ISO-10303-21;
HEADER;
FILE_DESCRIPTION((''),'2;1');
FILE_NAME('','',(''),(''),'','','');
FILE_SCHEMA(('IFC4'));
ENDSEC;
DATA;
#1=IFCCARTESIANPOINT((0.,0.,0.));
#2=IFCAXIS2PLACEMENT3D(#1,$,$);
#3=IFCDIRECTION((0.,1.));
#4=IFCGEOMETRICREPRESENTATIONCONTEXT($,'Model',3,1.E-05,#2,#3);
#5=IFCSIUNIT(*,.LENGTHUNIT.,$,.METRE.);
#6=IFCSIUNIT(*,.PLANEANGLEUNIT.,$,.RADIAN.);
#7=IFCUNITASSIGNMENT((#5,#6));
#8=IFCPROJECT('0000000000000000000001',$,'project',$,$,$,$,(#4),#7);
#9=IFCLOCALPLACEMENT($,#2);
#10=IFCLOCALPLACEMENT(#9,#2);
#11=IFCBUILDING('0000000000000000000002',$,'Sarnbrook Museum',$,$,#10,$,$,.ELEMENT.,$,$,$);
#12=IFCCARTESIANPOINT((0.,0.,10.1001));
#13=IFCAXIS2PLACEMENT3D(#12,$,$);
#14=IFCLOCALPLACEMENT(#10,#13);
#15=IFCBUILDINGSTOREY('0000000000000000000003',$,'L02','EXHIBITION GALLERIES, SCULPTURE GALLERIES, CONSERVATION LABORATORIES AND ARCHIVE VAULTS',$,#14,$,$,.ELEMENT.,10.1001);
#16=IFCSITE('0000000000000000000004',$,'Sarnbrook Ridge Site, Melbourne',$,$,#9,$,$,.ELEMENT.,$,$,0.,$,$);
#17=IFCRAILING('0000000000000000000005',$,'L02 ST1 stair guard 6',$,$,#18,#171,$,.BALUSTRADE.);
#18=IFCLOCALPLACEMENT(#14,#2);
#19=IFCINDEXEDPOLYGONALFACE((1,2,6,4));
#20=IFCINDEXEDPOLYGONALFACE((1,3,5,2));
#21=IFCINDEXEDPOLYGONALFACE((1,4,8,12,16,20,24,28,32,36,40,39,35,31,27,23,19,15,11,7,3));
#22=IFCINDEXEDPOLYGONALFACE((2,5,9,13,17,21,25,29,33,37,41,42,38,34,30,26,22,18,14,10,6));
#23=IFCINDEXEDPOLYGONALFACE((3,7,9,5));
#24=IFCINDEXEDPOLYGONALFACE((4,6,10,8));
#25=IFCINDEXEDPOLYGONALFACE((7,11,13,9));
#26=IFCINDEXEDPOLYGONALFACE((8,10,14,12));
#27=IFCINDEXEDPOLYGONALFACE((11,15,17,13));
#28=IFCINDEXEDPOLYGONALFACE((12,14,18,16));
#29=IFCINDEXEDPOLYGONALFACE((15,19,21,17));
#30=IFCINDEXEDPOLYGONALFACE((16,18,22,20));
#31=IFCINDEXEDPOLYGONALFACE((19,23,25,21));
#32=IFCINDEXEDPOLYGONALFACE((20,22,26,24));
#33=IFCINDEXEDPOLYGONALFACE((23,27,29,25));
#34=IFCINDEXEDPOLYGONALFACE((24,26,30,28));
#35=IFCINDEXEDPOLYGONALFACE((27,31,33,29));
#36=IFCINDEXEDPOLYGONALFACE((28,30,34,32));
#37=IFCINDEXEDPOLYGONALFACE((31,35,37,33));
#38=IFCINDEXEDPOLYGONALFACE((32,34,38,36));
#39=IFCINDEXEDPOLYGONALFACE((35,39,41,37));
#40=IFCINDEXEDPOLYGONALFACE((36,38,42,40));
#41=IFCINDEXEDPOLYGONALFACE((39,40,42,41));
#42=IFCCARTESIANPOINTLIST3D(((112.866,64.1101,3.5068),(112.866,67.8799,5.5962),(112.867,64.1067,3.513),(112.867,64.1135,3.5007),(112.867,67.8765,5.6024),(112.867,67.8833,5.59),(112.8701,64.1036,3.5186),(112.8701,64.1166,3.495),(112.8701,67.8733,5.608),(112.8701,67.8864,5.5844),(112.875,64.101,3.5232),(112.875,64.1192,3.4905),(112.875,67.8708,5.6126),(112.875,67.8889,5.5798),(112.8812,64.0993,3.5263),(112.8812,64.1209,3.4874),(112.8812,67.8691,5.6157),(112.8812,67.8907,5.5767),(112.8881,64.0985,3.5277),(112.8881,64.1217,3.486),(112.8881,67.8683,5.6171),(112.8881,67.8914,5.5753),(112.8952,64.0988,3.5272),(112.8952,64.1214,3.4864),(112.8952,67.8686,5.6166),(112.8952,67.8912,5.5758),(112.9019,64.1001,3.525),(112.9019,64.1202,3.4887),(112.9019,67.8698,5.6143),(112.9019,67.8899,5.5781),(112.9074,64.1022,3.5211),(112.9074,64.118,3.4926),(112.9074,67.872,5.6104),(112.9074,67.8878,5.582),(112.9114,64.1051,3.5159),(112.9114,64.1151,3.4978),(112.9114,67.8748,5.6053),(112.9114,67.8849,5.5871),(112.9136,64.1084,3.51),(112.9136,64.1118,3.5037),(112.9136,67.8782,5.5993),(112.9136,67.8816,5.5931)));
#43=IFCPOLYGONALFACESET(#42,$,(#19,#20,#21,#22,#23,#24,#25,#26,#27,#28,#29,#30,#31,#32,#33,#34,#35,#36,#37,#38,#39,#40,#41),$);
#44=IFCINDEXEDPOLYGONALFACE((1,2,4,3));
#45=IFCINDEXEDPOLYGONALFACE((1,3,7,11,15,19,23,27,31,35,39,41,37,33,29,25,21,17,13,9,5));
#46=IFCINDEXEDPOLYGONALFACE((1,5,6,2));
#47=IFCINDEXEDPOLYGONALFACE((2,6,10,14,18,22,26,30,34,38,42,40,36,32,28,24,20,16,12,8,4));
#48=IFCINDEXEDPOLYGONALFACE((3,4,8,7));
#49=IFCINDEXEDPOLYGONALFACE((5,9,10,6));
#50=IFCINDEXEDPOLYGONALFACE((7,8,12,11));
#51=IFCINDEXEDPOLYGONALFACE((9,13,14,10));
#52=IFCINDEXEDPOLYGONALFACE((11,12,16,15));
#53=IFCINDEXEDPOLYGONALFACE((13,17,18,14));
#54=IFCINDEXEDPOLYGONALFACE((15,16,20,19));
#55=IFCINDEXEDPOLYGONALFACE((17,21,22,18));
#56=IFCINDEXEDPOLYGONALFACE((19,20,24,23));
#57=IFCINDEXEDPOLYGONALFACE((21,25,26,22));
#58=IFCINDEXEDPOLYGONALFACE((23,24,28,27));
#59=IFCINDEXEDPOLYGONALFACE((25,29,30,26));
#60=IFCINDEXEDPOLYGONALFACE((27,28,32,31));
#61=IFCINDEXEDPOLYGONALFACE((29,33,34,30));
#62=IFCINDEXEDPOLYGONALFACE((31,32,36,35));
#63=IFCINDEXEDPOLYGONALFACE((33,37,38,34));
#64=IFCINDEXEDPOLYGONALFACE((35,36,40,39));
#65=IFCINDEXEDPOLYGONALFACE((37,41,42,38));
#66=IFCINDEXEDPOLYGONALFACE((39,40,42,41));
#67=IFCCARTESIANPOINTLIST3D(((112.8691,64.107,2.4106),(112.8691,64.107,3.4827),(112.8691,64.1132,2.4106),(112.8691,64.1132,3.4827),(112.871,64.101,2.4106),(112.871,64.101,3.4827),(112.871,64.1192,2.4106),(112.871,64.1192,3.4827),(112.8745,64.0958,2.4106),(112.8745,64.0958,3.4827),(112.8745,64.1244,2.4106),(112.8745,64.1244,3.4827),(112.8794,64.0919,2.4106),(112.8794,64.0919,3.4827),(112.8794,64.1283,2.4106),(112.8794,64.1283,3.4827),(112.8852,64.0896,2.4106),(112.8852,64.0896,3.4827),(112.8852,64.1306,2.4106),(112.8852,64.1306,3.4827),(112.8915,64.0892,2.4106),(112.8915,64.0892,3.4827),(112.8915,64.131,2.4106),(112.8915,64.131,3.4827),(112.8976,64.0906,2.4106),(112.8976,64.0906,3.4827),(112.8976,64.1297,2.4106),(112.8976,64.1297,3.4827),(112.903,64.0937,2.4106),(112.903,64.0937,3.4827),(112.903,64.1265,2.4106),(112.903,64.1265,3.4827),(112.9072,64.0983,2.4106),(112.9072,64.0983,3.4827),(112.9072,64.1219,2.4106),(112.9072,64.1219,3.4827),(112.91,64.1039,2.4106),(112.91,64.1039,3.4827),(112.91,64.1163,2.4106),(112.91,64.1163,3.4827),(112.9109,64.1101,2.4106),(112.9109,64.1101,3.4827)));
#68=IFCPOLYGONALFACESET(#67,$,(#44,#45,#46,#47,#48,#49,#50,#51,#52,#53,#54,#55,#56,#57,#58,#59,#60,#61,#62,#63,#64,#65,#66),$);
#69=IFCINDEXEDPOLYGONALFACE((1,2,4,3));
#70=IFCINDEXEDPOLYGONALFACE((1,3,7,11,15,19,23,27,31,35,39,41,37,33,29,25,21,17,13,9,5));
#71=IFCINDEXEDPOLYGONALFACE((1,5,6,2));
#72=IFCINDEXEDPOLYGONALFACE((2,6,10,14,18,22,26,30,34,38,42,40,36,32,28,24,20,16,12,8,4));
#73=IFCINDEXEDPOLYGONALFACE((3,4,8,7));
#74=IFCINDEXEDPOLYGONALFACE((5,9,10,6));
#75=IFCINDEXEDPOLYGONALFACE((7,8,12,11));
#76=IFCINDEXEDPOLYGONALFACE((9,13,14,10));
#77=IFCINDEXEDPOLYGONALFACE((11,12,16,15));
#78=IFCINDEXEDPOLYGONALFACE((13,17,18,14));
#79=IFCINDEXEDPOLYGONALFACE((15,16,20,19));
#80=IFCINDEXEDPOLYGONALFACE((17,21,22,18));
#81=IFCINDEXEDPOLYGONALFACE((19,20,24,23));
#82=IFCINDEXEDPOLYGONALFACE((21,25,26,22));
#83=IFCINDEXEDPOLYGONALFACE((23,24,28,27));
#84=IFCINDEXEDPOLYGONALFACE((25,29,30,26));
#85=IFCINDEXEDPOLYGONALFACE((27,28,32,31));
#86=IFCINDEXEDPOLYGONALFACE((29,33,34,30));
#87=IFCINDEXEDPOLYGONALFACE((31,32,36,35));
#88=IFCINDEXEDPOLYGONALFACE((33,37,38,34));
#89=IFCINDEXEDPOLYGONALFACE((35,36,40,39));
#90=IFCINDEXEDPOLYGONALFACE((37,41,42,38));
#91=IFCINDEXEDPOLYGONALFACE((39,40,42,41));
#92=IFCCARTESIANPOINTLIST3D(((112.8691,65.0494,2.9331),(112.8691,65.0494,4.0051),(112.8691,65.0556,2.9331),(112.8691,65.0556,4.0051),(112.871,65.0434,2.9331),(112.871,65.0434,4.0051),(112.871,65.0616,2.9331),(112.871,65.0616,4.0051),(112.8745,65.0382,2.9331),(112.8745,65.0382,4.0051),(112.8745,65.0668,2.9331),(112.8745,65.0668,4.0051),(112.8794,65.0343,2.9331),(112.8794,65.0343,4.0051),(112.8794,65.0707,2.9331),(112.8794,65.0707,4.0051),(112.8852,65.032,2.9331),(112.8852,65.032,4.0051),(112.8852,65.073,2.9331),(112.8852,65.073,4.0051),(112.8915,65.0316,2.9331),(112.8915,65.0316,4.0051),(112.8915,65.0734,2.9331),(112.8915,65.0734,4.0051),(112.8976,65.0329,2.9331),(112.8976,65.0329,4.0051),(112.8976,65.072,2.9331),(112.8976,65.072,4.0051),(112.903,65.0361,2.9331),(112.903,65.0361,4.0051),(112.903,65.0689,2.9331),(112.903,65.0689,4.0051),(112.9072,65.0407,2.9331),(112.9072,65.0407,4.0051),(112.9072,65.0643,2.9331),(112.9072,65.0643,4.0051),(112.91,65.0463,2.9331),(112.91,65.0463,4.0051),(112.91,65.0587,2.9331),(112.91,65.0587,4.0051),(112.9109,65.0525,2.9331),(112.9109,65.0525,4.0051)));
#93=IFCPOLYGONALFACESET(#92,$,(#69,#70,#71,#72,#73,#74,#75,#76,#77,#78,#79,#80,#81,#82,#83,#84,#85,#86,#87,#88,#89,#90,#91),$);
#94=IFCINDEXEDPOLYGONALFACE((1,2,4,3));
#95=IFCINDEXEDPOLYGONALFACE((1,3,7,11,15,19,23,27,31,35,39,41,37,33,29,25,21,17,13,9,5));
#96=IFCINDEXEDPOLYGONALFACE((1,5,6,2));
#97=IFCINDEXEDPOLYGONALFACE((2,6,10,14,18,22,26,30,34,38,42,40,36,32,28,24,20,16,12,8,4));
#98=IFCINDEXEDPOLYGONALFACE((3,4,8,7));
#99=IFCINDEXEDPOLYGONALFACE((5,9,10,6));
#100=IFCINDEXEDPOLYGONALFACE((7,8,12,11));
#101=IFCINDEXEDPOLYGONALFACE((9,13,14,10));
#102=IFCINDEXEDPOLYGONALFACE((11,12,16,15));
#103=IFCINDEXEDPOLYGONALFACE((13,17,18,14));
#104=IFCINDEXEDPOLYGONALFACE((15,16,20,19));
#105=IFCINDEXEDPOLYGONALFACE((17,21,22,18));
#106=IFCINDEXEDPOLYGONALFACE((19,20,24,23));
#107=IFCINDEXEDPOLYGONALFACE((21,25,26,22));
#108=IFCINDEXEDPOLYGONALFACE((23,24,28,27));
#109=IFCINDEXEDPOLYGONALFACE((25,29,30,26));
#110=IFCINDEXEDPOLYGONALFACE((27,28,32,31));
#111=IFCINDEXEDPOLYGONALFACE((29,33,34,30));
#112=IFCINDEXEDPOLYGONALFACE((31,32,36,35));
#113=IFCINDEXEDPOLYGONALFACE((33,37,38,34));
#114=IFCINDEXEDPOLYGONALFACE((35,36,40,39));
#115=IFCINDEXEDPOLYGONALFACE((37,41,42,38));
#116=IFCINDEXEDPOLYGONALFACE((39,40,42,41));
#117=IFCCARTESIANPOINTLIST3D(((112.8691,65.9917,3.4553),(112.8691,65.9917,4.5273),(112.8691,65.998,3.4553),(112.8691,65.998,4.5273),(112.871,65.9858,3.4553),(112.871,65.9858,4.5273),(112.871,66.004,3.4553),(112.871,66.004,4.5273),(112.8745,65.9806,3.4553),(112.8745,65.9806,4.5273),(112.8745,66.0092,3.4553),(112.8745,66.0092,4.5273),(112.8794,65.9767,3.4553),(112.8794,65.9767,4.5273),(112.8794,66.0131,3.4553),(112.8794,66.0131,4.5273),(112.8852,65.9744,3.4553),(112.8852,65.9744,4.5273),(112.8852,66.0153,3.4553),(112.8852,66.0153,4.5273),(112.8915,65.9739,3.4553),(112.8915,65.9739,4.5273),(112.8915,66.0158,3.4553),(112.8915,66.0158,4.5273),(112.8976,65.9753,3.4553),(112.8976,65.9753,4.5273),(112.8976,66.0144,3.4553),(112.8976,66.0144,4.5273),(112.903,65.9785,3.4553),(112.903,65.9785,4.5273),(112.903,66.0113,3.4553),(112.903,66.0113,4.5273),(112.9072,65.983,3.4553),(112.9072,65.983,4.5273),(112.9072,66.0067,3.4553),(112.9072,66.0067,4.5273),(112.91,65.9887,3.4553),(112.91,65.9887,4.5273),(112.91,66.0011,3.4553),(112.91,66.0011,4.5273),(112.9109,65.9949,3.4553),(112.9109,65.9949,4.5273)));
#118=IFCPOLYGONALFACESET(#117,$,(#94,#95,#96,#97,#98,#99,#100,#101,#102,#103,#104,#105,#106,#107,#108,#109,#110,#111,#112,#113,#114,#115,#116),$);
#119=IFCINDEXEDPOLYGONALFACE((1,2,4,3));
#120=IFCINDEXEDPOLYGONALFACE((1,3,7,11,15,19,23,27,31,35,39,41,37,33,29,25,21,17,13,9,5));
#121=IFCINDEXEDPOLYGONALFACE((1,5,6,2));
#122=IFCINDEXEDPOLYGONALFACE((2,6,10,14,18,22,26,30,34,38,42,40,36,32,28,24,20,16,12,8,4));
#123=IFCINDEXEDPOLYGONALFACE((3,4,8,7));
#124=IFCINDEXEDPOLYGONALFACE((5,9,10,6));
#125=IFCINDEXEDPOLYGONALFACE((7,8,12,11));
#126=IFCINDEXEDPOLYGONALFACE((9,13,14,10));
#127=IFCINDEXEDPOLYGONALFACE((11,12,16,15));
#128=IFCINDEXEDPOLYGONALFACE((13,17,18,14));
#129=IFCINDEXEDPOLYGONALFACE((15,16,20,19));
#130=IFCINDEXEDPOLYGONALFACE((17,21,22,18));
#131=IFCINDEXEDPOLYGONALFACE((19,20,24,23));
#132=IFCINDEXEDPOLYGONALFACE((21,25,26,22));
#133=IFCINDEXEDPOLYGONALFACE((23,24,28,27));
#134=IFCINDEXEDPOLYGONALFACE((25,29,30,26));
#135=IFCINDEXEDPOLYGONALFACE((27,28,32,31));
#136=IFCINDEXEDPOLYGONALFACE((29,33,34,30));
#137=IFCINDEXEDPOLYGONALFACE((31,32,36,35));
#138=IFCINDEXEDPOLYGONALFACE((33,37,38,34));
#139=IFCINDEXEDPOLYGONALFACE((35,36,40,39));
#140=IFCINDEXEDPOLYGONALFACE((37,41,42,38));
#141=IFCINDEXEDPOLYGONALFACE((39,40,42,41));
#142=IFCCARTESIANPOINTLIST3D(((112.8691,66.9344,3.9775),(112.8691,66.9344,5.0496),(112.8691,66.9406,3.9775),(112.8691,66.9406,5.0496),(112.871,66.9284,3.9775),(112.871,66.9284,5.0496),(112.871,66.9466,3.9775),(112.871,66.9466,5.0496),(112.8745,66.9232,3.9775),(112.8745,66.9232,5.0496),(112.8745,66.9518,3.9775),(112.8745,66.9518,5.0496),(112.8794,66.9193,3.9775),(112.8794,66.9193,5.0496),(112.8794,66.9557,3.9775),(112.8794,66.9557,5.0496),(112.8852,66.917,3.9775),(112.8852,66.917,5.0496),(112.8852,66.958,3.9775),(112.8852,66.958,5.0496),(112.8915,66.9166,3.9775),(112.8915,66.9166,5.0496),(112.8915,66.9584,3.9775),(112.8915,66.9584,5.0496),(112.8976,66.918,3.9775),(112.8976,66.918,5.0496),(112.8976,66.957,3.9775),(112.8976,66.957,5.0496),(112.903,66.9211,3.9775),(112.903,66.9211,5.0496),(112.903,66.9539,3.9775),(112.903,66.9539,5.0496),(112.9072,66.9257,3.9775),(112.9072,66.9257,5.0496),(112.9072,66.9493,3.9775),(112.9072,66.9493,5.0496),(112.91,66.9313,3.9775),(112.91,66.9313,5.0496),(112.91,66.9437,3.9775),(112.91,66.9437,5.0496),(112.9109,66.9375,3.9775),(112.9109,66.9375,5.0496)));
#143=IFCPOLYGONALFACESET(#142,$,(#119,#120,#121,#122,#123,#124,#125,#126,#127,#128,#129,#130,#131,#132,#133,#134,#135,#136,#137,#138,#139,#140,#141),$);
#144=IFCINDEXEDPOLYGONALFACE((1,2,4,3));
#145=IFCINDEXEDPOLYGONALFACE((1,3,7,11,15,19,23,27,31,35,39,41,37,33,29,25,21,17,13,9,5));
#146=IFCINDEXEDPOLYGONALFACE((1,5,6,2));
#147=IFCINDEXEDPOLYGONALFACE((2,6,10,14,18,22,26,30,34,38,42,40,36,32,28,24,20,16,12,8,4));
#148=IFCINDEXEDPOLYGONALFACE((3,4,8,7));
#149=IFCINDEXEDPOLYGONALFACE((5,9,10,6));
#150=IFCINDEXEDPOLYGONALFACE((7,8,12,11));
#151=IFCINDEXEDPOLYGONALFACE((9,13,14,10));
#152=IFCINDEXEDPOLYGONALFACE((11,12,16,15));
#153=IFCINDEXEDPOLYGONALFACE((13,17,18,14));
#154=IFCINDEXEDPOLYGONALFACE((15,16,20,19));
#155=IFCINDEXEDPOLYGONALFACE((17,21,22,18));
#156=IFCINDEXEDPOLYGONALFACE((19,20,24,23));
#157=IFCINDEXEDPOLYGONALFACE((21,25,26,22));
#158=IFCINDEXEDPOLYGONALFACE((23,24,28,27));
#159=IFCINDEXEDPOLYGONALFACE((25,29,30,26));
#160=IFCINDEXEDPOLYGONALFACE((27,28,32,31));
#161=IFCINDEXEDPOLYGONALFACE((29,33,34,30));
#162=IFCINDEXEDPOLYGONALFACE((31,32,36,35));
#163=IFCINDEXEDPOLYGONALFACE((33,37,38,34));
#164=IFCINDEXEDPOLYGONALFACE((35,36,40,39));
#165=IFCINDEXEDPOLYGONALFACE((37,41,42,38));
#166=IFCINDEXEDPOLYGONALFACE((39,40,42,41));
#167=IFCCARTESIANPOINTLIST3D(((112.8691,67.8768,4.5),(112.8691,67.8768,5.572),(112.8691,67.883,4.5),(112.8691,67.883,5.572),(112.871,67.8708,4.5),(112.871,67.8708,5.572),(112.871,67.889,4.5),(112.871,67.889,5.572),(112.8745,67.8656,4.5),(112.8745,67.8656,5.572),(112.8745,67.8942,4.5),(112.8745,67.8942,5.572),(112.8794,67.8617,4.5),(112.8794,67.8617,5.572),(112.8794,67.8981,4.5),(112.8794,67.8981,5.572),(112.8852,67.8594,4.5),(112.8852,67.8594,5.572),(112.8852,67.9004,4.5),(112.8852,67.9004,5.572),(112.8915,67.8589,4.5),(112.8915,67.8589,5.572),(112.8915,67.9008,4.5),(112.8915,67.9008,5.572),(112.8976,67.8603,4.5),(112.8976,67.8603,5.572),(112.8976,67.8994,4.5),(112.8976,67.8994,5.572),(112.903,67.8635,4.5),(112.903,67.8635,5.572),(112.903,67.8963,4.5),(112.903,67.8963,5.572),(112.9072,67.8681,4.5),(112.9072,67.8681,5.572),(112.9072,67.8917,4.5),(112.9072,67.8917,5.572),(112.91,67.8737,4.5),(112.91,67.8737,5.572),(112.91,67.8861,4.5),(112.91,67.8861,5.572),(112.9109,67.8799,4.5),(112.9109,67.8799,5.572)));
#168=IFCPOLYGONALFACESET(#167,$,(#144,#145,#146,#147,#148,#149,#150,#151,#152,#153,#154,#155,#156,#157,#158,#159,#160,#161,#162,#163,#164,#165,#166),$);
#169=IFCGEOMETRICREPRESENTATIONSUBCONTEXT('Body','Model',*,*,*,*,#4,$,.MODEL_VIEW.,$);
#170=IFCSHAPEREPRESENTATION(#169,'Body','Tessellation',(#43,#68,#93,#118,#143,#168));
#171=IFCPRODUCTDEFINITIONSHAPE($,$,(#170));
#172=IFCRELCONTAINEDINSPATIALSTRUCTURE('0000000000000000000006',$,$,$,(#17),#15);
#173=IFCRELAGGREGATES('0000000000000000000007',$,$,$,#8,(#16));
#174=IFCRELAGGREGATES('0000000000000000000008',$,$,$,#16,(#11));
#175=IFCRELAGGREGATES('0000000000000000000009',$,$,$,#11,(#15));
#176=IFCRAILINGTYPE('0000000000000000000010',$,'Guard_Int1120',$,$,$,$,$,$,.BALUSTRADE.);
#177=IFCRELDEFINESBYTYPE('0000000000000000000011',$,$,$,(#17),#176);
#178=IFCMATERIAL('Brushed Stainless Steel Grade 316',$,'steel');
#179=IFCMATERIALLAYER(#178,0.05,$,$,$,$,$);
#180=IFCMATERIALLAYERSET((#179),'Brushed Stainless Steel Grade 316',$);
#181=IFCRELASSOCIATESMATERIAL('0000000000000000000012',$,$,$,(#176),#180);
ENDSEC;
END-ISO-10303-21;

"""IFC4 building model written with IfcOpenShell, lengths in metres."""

from ifc_helpers import new_model, si_unit, direction, frame, origin, origin_2d, place, context, subcontext, project, spatial, circle, extrude, material, layer, layer_set, type_object, element, save


model = new_model("IFC4")

# Units and contexts
model_context = context("Model", 3, precision=1e-05, world=origin(), true_north=direction((0.0, 1.0)))
body_context = subcontext(model_context, "Body", "Model", "MODEL_VIEW")
ifc_project = project(units=[si_unit("LENGTHUNIT", "METRE"), si_unit("PLANEANGLEUNIT", "RADIAN")], contexts=[model_context])

# Site, building, storey
site_placement = place(None, origin())
site = spatial("IfcSite", under=ifc_project, at=site_placement, Name="Sarnbrook Ridge Site, Melbourne", CompositionType="ELEMENT", RefElevation=0.0)
building_placement = place(site_placement, origin())
building = spatial("IfcBuilding", under=site, at=building_placement, Name="Sarnbrook Museum", CompositionType="ELEMENT")
storey_placement = place(building_placement, frame((0.0, 0.0, 10.1001)))
storey = spatial("IfcBuildingStorey", under=building, at=storey_placement, Name="L02", Description="EXHIBITION GALLERIES, SCULPTURE GALLERIES, CONSERVATION LABORATORIES AND ARCHIVE VAULTS", CompositionType="ELEMENT", Elevation=10.1001)

# Shared definitions
ifc_material_1 = material(Name="Brushed Stainless Steel Grade 316", Category="steel")

# Railing
ifc_layer_1 = layer(ifc_material_1, 0.05)
ifc_layer_set_1 = layer_set([ifc_layer_1], Name="Brushed Stainless Steel Grade 316")
railing_type_1 = type_object("IfcRailingType", Name="Guard_Int1120", PredefinedType="BALUSTRADE", material=ifc_layer_set_1)
railing_1_placement = place(storey_placement, frame((112.8899, 64.1101, 2.4106)))
element("IfcRailing", 1, at=railing_1_placement, inside=storey, type_object=railing_type_1, Name="L02 ST1 stair guard 6", PredefinedType="BALUSTRADE", context=body_context, shape_type="SweptSolid", body=[
    extrude(circle(Radius=0.0239, at=origin_2d()), frame((0.0, 0.0, 1.0962), z_axis=(0.0, 0.874646, 0.484763), x_axis=(-1.0, 0.0, 0.0)), (0.0, 0.0, 1.0), 4.3101),
    extrude(circle(Radius=0.021, at=origin_2d()), origin(), (0.0, 0.0, 1.0), 1.072),
    extrude(circle(Radius=0.021, at=origin_2d()), frame((0.0, 0.9424, 0.5225)), (0.0, 0.0, 1.0), 1.072),
    extrude(circle(Radius=0.021, at=origin_2d()), frame((0.0, 1.8848, 1.0447)), (0.0, 0.0, 1.0), 1.072),
    extrude(circle(Radius=0.021, at=origin_2d()), frame((0.0, 2.8274, 1.5669)), (0.0, 0.0, 1.0), 1.072),
    extrude(circle(Radius=0.021, at=origin_2d()), frame((0.0, 3.7698, 2.0894)), (0.0, 0.0, 1.0), 1.072),
])

save(model, "model.ifc")
